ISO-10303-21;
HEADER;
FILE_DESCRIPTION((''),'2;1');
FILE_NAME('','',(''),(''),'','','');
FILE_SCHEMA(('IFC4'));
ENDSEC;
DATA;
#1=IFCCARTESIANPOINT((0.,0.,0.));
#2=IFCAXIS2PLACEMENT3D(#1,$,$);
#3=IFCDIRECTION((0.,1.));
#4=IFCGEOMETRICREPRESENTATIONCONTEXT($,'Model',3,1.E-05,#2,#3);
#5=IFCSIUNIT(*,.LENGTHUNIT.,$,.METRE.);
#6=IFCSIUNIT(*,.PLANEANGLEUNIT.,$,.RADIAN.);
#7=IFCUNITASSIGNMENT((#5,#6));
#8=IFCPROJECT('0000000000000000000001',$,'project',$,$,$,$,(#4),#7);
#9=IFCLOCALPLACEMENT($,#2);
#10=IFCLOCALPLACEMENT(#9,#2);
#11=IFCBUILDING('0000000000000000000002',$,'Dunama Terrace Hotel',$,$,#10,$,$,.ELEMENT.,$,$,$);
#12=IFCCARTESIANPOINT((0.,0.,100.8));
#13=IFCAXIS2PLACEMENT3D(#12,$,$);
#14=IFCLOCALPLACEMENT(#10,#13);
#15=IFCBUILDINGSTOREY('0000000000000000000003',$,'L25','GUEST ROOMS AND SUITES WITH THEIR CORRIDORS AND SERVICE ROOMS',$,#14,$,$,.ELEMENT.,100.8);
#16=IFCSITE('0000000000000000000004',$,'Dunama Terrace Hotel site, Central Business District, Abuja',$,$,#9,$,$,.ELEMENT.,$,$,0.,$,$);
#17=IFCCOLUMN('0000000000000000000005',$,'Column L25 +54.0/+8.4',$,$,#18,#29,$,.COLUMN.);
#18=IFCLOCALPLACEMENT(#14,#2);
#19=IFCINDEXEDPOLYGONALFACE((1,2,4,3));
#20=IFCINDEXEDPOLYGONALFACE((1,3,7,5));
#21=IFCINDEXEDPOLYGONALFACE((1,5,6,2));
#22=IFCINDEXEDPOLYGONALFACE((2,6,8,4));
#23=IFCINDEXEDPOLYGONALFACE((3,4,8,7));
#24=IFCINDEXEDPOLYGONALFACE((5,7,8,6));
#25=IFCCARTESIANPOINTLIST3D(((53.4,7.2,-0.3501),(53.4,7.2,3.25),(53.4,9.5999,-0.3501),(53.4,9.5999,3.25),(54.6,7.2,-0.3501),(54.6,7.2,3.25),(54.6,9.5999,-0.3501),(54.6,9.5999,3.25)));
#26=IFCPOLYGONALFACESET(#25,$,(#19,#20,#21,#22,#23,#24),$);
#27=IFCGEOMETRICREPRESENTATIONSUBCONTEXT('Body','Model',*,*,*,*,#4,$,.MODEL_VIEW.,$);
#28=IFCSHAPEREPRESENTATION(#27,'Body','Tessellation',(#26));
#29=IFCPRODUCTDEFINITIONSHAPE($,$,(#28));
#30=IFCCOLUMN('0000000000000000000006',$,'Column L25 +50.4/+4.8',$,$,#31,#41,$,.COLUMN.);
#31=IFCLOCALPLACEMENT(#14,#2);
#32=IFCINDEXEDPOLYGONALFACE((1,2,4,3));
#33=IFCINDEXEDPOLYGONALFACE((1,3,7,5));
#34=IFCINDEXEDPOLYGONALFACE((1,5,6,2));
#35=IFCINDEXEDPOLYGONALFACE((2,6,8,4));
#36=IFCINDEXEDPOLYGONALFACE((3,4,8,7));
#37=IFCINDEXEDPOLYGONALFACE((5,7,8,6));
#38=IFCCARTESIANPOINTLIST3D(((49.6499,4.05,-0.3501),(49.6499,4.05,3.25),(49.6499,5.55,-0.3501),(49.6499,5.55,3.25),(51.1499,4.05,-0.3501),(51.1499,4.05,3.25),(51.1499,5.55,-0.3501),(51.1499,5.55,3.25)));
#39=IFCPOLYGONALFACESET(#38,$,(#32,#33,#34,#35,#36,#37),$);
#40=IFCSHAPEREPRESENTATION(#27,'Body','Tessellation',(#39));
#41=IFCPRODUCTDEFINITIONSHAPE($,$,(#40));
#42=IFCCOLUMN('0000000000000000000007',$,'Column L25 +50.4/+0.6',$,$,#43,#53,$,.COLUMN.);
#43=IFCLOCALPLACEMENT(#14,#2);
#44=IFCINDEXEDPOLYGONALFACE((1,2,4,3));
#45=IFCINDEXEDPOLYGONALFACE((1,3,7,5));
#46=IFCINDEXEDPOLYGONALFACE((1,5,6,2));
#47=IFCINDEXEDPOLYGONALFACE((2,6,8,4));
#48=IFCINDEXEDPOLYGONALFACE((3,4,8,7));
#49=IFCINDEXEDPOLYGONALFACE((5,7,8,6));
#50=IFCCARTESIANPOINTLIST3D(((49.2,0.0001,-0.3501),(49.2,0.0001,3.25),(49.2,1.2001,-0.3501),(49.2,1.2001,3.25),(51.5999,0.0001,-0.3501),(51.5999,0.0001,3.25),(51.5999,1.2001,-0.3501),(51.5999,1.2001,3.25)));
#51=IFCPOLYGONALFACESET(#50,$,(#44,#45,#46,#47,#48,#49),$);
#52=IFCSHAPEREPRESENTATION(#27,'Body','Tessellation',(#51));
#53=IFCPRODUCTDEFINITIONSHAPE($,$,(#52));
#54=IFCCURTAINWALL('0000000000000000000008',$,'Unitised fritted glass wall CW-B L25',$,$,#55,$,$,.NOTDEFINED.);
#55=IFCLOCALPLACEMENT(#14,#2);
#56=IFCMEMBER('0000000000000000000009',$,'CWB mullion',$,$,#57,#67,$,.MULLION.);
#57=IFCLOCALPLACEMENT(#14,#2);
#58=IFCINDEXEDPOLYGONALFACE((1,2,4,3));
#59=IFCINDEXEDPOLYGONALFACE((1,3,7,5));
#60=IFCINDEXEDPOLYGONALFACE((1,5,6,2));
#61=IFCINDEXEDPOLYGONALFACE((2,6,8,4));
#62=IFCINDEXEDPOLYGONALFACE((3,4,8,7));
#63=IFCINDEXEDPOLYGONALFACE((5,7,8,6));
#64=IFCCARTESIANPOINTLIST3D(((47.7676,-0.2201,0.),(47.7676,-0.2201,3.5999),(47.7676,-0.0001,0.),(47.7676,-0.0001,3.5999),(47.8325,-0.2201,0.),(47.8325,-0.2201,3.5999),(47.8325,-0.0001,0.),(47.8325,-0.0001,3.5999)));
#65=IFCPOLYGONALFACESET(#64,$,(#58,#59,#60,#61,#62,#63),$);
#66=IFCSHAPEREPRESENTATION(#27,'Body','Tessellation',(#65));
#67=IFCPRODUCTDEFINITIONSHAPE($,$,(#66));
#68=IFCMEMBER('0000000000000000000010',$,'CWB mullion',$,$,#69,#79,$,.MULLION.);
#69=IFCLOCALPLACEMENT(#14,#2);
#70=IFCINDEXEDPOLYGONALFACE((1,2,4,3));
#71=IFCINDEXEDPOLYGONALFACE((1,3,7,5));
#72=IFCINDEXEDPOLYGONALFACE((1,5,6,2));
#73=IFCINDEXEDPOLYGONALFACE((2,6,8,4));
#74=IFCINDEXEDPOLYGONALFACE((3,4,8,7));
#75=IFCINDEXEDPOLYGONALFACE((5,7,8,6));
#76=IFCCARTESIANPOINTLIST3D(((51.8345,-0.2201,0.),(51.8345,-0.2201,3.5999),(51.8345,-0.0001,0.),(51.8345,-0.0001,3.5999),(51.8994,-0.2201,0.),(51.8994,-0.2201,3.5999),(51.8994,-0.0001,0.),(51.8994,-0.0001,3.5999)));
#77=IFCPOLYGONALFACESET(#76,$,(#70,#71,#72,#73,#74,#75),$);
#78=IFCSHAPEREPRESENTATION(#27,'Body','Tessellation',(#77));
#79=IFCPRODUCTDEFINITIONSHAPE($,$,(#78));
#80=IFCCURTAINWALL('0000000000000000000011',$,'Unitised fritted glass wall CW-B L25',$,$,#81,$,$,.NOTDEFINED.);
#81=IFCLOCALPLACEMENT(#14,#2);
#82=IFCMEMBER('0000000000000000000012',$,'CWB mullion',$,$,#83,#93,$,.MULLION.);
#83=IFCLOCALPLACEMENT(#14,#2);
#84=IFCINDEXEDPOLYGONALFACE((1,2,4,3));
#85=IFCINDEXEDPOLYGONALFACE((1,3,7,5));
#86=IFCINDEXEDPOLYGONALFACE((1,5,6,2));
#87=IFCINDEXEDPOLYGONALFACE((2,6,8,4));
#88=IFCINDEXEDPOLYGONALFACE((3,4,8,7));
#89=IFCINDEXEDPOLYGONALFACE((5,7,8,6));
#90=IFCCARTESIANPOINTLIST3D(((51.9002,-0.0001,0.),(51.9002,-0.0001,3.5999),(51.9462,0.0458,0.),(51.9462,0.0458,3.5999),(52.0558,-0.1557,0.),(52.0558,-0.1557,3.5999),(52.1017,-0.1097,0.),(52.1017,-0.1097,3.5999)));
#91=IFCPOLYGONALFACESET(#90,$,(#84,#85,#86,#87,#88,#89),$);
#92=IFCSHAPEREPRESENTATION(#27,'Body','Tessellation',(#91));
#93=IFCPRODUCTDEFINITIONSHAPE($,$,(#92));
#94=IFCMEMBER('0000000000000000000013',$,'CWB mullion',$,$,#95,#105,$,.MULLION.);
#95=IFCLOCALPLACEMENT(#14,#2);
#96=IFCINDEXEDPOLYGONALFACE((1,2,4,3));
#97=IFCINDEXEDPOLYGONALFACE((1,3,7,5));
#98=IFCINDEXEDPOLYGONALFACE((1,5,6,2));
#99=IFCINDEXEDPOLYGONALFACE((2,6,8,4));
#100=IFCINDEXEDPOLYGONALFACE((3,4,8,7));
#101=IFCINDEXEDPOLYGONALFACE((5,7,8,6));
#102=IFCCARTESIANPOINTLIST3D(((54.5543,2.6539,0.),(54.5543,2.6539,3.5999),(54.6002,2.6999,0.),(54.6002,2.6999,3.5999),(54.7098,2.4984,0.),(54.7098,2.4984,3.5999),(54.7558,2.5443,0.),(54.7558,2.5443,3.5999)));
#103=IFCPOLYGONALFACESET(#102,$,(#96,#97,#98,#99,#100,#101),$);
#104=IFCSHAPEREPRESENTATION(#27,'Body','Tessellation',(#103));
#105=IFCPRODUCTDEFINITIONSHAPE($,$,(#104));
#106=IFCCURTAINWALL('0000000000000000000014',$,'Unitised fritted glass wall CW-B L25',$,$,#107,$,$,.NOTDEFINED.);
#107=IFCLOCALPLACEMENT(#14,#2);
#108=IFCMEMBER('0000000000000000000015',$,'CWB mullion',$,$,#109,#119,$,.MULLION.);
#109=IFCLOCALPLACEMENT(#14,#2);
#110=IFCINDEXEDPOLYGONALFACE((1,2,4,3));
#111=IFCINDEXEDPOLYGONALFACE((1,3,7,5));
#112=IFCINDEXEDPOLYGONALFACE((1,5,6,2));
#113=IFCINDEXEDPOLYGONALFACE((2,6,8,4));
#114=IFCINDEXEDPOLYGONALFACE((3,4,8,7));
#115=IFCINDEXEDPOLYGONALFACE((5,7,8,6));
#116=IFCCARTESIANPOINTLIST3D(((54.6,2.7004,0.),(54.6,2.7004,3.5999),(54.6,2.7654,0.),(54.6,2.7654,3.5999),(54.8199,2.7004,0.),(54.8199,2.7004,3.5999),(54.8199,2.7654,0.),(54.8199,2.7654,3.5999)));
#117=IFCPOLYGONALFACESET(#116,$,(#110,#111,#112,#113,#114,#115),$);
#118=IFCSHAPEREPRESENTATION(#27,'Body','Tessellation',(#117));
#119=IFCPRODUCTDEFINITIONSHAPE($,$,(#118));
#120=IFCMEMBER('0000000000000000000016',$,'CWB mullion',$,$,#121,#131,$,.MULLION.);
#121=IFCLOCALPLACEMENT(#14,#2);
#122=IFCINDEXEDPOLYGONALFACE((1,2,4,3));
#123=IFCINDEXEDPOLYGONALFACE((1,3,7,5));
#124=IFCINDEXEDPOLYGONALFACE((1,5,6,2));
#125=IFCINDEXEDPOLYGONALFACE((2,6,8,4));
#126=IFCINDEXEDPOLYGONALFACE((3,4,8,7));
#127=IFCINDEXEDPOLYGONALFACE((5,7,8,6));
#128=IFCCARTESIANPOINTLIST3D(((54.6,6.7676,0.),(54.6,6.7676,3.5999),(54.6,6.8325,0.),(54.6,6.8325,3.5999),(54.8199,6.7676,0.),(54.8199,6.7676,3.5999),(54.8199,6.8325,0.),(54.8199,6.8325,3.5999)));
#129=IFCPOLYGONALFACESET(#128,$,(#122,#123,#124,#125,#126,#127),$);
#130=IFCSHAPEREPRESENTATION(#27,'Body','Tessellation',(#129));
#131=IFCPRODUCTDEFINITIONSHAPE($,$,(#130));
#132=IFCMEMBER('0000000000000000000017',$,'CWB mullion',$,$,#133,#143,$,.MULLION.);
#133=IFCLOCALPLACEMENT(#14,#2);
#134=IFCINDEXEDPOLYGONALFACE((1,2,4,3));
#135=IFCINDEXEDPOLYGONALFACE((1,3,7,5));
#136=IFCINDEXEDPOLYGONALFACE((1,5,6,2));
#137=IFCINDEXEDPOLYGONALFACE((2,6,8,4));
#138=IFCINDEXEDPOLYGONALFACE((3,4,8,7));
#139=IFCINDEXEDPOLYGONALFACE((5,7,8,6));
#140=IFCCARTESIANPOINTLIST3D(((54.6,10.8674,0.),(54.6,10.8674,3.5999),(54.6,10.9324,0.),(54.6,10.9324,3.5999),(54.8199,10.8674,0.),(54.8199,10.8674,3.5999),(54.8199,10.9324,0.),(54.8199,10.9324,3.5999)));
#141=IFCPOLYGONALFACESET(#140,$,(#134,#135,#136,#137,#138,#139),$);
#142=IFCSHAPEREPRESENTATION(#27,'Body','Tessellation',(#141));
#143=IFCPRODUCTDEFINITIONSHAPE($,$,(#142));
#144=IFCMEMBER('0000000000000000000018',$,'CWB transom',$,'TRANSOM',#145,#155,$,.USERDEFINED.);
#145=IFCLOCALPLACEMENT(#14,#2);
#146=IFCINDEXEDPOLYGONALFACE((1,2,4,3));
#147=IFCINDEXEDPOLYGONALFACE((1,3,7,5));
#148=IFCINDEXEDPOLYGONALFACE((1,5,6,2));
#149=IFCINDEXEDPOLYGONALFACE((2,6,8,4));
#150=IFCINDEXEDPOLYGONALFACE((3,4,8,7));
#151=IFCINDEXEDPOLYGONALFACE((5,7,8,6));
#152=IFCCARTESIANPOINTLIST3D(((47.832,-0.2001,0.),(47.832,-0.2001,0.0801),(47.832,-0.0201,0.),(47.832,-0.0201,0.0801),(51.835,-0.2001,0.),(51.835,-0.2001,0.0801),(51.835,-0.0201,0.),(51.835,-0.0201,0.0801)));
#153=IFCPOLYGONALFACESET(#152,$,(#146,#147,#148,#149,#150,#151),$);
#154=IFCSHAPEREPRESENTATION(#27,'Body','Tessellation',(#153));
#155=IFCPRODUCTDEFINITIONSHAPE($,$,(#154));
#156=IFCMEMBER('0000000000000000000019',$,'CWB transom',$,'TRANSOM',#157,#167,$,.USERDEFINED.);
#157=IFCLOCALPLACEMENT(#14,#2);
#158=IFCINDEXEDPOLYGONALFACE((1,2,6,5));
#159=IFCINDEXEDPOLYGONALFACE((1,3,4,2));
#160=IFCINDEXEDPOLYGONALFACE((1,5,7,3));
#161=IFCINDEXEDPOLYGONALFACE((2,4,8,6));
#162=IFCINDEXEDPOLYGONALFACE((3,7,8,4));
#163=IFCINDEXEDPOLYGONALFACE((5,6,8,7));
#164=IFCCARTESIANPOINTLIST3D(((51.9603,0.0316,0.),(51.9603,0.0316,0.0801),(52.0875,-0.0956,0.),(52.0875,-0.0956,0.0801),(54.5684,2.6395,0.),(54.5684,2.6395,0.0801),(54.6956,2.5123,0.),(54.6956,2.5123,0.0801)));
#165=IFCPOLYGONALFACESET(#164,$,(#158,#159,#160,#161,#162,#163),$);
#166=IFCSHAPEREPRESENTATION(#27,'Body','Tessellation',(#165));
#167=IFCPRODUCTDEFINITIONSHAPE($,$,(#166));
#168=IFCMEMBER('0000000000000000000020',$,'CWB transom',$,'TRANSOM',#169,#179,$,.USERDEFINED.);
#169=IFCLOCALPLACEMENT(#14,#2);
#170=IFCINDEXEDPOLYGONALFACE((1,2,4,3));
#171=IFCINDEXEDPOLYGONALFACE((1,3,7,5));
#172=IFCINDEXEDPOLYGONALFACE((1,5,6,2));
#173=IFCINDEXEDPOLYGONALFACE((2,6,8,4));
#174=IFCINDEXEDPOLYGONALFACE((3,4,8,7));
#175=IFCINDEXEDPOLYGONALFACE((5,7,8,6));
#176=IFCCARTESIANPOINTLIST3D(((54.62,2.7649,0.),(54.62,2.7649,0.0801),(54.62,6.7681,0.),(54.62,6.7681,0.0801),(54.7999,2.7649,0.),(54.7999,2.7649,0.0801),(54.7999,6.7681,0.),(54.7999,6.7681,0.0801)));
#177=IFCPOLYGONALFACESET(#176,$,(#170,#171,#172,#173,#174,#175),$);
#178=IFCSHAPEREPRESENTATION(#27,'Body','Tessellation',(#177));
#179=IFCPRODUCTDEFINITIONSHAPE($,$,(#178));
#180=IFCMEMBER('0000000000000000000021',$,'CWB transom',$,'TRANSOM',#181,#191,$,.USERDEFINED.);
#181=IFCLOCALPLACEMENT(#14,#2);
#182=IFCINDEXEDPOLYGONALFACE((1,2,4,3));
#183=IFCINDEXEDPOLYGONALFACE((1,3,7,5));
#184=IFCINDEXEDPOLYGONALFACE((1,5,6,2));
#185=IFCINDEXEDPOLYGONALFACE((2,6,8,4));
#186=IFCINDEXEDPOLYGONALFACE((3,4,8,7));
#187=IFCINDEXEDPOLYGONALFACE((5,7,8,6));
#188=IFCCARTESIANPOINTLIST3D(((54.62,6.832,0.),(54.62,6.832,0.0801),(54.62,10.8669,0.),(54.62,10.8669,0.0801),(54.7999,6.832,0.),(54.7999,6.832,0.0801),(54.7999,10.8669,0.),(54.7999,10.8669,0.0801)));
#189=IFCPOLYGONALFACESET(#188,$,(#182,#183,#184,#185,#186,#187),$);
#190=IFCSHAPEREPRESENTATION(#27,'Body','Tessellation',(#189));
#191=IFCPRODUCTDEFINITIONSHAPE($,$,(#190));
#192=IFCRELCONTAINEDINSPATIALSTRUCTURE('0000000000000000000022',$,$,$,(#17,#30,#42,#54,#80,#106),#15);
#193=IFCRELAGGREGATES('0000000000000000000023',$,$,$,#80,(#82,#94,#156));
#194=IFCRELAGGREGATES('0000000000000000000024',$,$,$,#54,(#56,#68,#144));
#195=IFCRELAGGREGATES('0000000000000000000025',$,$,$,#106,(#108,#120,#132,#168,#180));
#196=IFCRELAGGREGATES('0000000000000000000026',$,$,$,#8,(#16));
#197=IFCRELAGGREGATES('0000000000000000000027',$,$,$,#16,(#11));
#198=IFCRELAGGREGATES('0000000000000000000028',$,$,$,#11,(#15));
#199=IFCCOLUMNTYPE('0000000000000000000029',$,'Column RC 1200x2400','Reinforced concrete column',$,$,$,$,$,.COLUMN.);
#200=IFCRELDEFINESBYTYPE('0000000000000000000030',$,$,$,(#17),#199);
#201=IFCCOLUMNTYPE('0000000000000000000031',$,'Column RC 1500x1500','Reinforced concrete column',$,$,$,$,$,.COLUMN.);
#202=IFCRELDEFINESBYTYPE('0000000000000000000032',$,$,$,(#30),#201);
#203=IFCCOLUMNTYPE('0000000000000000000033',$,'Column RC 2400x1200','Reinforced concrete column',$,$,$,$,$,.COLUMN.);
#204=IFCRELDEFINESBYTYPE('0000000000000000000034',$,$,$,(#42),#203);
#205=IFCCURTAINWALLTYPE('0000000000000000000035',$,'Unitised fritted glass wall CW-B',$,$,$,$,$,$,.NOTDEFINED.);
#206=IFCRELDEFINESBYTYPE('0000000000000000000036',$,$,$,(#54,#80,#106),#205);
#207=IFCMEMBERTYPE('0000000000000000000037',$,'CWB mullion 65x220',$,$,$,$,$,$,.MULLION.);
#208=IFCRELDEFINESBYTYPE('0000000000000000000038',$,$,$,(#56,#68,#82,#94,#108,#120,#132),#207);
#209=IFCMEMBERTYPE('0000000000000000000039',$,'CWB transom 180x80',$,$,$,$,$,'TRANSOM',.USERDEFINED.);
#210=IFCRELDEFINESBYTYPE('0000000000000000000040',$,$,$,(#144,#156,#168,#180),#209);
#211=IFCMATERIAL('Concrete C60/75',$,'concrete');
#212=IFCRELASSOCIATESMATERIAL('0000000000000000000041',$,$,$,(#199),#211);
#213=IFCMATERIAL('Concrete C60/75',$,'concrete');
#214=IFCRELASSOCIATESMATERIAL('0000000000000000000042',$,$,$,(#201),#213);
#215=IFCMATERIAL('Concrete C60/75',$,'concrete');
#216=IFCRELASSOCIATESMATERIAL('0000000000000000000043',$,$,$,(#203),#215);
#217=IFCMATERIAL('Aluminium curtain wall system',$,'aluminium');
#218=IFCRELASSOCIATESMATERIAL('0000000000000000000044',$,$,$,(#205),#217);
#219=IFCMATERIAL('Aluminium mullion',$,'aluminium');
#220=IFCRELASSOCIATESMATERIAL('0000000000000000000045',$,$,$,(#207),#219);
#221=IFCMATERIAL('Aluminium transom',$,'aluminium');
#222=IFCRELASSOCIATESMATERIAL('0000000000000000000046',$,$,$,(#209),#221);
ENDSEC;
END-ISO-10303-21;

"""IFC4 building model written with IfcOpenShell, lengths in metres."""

from ifc_helpers import new_model, si_unit, direction, frame, origin, origin_2d, place, context, subcontext, project, spatial, rectangle, extrude, material, material_profile, profile_set, type_object, element, aggregate, save


model = new_model("IFC4")

# Units and contexts
model_context = context("Model", 3, precision=1e-05, world=origin(), true_north=direction((0.0, 1.0)))
body_context = subcontext(model_context, "Body", "Model", "MODEL_VIEW")
ifc_project = project(units=[si_unit("LENGTHUNIT", "METRE"), si_unit("PLANEANGLEUNIT", "RADIAN")], contexts=[model_context])

# Site, building, storey
site_placement = place(None, origin())
site = spatial("IfcSite", under=ifc_project, at=site_placement, Name="Dunama Terrace Hotel site, Central Business District, Abuja", CompositionType="ELEMENT", RefElevation=0.0)
building_placement = place(site_placement, origin())
building = spatial("IfcBuilding", under=site, at=building_placement, Name="Dunama Terrace Hotel", CompositionType="ELEMENT")
storey_placement = place(building_placement, frame((0.0, 0.0, 100.8)))
storey = spatial("IfcBuildingStorey", under=building, at=storey_placement, Name="L25", Description="GUEST ROOMS AND SUITES WITH THEIR CORRIDORS AND SERVICE ROOMS", CompositionType="ELEMENT", Elevation=100.8)

# Columns
ifc_material_1 = material(Name="Concrete C60/75", Category="concrete")
ifc_material_profile_1 = material_profile(ifc_material_1, rectangle(XDim=1.2, YDim=2.3999, at=origin_2d()), Name="RC 1200x2400")
ifc_profile_set_1 = profile_set([ifc_material_profile_1], Name="Concrete C60/75")
column_type_1 = type_object("IfcColumnType", Name="Column RC 1200x2400", Description="Reinforced concrete column", PredefinedType="COLUMN", material=ifc_profile_set_1)
column_1_placement = place(storey_placement, frame((54.0, 8.3999, -0.3501), z_axis=(0.0, 0.0, 1.0), x_axis=(1.0, 0.0, 0.0)))
element("IfcColumn", 1, at=column_1_placement, inside=storey, type_object=column_type_1, Name="Column L25 +54.0/+8.4", PredefinedType="COLUMN", context=body_context, shape_type="SweptSolid", body=[
    extrude(rectangle(XDim=1.2, YDim=2.3999, at=origin_2d()), origin(), (0.0, 0.0, 1.0), 3.6001),
])
ifc_material_2 = material(Name="Concrete C60/75", Category="concrete")
ifc_material_profile_2 = material_profile(ifc_material_2, rectangle(XDim=1.5, YDim=1.5, at=origin_2d()), Name="RC 1500x1500")
ifc_profile_set_2 = profile_set([ifc_material_profile_2], Name="Concrete C60/75")
column_type_2 = type_object("IfcColumnType", Name="Column RC 1500x1500", Description="Reinforced concrete column", PredefinedType="COLUMN", material=ifc_profile_set_2)
column_2_placement = place(storey_placement, frame((50.3999, 4.8, -0.3501), z_axis=(0.0, 0.0, 1.0), x_axis=(1.0, 0.0, 0.0)))
element("IfcColumn", 2, at=column_2_placement, inside=storey, type_object=column_type_2, Name="Column L25 +50.4/+4.8", PredefinedType="COLUMN", context=body_context, shape_type="SweptSolid", body=[
    extrude(rectangle(XDim=1.5, YDim=1.5, at=origin_2d()), origin(), (0.0, 0.0, 1.0), 3.6001),
])
ifc_material_3 = material(Name="Concrete C60/75", Category="concrete")
ifc_material_profile_3 = material_profile(ifc_material_3, rectangle(XDim=2.3999, YDim=1.2, at=origin_2d()), Name="RC 2400x1200")
ifc_profile_set_3 = profile_set([ifc_material_profile_3], Name="Concrete C60/75")
column_type_3 = type_object("IfcColumnType", Name="Column RC 2400x1200", Description="Reinforced concrete column", PredefinedType="COLUMN", material=ifc_profile_set_3)
column_3_placement = place(storey_placement, frame((50.3999, 0.6001, -0.3501), z_axis=(0.0, 0.0, 1.0), x_axis=(1.0, 0.0, 0.0)))
element("IfcColumn", 3, at=column_3_placement, inside=storey, type_object=column_type_3, Name="Column L25 +50.4/+0.6", PredefinedType="COLUMN", context=body_context, shape_type="SweptSolid", body=[
    extrude(rectangle(XDim=2.3999, YDim=1.2, at=origin_2d()), origin(), (0.0, 0.0, 1.0), 3.6001),
])

# Curtain walls, members
ifc_material_4 = material(Name="Aluminium curtain wall system", Category="aluminium")
curtain_wall_type = type_object("IfcCurtainWallType", Name="Unitised fritted glass wall CW-B", PredefinedType="NOTDEFINED", material=ifc_material_4)
curtain_wall_1_placement = place(storey_placement, origin())
curtain_wall_1 = element("IfcCurtainWall", 4, at=curtain_wall_1_placement, inside=storey, type_object=curtain_wall_type, Name="Unitised fritted glass wall CW-B L25", PredefinedType="NOTDEFINED")
ifc_material_5 = material(Name="Aluminium mullion", Category="aluminium")
ifc_material_profile_4 = material_profile(ifc_material_5, rectangle(XDim=0.0649, YDim=0.22, at=origin_2d()), Name="CWB MULLION 65X220")
ifc_profile_set_4 = profile_set([ifc_material_profile_4], Name="Aluminium mullion")
member_type_1 = type_object("IfcMemberType", Name="CWB mullion 65x220", PredefinedType="MULLION", material=ifc_profile_set_4)
member_1_placement = place(storey_placement, frame((47.8, -0.1101, 0.0), z_axis=(0.0, 0.0, 1.0), x_axis=(1.0, 0.0, 0.0)))
member_1 = element("IfcMember", 5, at=member_1_placement, type_object=member_type_1, Name="CWB mullion", PredefinedType="MULLION", context=body_context, shape_type="SweptSolid", body=[
    extrude(rectangle(XDim=0.0649, YDim=0.22, at=origin_2d()), origin(), (0.0, 0.0, 1.0), 3.5999),
])
member_2_placement = place(storey_placement, frame((51.8669, -0.1101, 0.0), z_axis=(0.0, 0.0, 1.0), x_axis=(1.0, 0.0, 0.0)))
member_2 = element("IfcMember", 6, at=member_2_placement, type_object=member_type_1, Name="CWB mullion", PredefinedType="MULLION", context=body_context, shape_type="SweptSolid", body=[
    extrude(rectangle(XDim=0.0649, YDim=0.22, at=origin_2d()), origin(), (0.0, 0.0, 1.0), 3.5999),
])
curtain_wall_2_placement = place(storey_placement, origin())
curtain_wall_2 = element("IfcCurtainWall", 7, at=curtain_wall_2_placement, inside=storey, type_object=curtain_wall_type, Name="Unitised fritted glass wall CW-B L25", PredefinedType="NOTDEFINED")
member_3_placement = place(storey_placement, frame((52.001, -0.0549, 0.0), z_axis=(0.0, 0.0, 1.0), x_axis=(0.707107, 0.707107, 0.0)))
member_3 = element("IfcMember", 8, at=member_3_placement, type_object=member_type_1, Name="CWB mullion", PredefinedType="MULLION", context=body_context, shape_type="SweptSolid", body=[
    extrude(rectangle(XDim=0.0649, YDim=0.22, at=origin_2d()), origin(), (0.0, 0.0, 1.0), 3.5999),
])
member_4_placement = place(storey_placement, frame((54.655, 2.5991, 0.0), z_axis=(0.0, 0.0, 1.0), x_axis=(0.707107, 0.707107, 0.0)))
member_4 = element("IfcMember", 9, at=member_4_placement, type_object=member_type_1, Name="CWB mullion", PredefinedType="MULLION", context=body_context, shape_type="SweptSolid", body=[
    extrude(rectangle(XDim=0.0649, YDim=0.22, at=origin_2d()), origin(), (0.0, 0.0, 1.0), 3.5999),
])
curtain_wall_3_placement = place(storey_placement, origin())
curtain_wall_3 = element("IfcCurtainWall", 10, at=curtain_wall_3_placement, inside=storey, type_object=curtain_wall_type, Name="Unitised fritted glass wall CW-B L25", PredefinedType="NOTDEFINED")
member_5_placement = place(storey_placement, frame((54.71, 2.7329, 0.0), z_axis=(0.0, 0.0, 1.0), x_axis=(0.0, 1.0, 0.0)))
member_5 = element("IfcMember", 11, at=member_5_placement, type_object=member_type_1, Name="CWB mullion", PredefinedType="MULLION", context=body_context, shape_type="SweptSolid", body=[
    extrude(rectangle(XDim=0.0649, YDim=0.22, at=origin_2d()), origin(), (0.0, 0.0, 1.0), 3.5999),
])
member_6_placement = place(storey_placement, frame((54.71, 6.8, 0.0), z_axis=(0.0, 0.0, 1.0), x_axis=(0.0, 1.0, 0.0)))
member_6 = element("IfcMember", 12, at=member_6_placement, type_object=member_type_1, Name="CWB mullion", PredefinedType="MULLION", context=body_context, shape_type="SweptSolid", body=[
    extrude(rectangle(XDim=0.0649, YDim=0.22, at=origin_2d()), origin(), (0.0, 0.0, 1.0), 3.5999),
])
member_7_placement = place(storey_placement, frame((54.71, 10.8999, 0.0), z_axis=(0.0, 0.0, 1.0), x_axis=(0.0, 1.0, 0.0)))
member_7 = element("IfcMember", 13, at=member_7_placement, type_object=member_type_1, Name="CWB mullion", PredefinedType="MULLION", context=body_context, shape_type="SweptSolid", body=[
    extrude(rectangle(XDim=0.0649, YDim=0.22, at=origin_2d()), origin(), (0.0, 0.0, 1.0), 3.5999),
])

# Members
ifc_material_6 = material(Name="Aluminium transom", Category="aluminium")
ifc_material_profile_5 = material_profile(ifc_material_6, rectangle(XDim=0.1799, YDim=0.0801, at=origin_2d()), Name="CWB TRANSOM 180X80")
ifc_profile_set_5 = profile_set([ifc_material_profile_5], Name="Aluminium transom")
member_type_2 = type_object("IfcMemberType", Name="CWB transom 180x80", ElementType="TRANSOM", PredefinedType="USERDEFINED", material=ifc_profile_set_5)
member_8_placement = place(storey_placement, frame((47.832, -0.1101, 0.04), z_axis=(1.0, 0.0, 0.0), x_axis=(0.0, 1.0, 0.0)))
member_8 = element("IfcMember", 14, at=member_8_placement, type_object=member_type_2, Name="CWB transom", ObjectType="TRANSOM", PredefinedType="USERDEFINED", context=body_context, shape_type="SweptSolid", body=[
    extrude(rectangle(XDim=0.1799, YDim=0.0801, at=origin_2d()), origin(), (0.0, 0.0, 1.0), 4.0029),
])
member_9_placement = place(storey_placement, frame((52.0239, -0.032, 0.04), z_axis=(0.70714, 0.707074, 0.0), x_axis=(-0.707074, 0.70714, 0.0)))
member_9 = element("IfcMember", 15, at=member_9_placement, type_object=member_type_2, Name="CWB transom", ObjectType="TRANSOM", PredefinedType="USERDEFINED", context=body_context, shape_type="SweptSolid", body=[
    extrude(rectangle(XDim=0.1799, YDim=0.0801, at=origin_2d()), origin(), (0.0, 0.0, 1.0), 3.6882),
])
member_10_placement = place(storey_placement, frame((54.71, 2.7649, 0.04), z_axis=(0.0, 1.0, 0.0), x_axis=(-1.0, 0.0, 0.0)))
member_10 = element("IfcMember", 16, at=member_10_placement, type_object=member_type_2, Name="CWB transom", ObjectType="TRANSOM", PredefinedType="USERDEFINED", context=body_context, shape_type="SweptSolid", body=[
    extrude(rectangle(XDim=0.1799, YDim=0.0801, at=origin_2d()), origin(), (0.0, 0.0, 1.0), 4.0032),
])
member_11_placement = place(storey_placement, frame((54.71, 6.832, 0.04), z_axis=(0.0, 1.0, 0.0), x_axis=(-1.0, 0.0, 0.0)))
member_11 = element("IfcMember", 17, at=member_11_placement, type_object=member_type_2, Name="CWB transom", ObjectType="TRANSOM", PredefinedType="USERDEFINED", context=body_context, shape_type="SweptSolid", body=[
    extrude(rectangle(XDim=0.1799, YDim=0.0801, at=origin_2d()), origin(), (0.0, 0.0, 1.0), 4.0349),
])

aggregate(curtain_wall_2, [member_3, member_4, member_9])
aggregate(curtain_wall_1, [member_1, member_2, member_8])
aggregate(curtain_wall_3, [member_5, member_6, member_7, member_10, member_11])

save(model, "model.ifc")
